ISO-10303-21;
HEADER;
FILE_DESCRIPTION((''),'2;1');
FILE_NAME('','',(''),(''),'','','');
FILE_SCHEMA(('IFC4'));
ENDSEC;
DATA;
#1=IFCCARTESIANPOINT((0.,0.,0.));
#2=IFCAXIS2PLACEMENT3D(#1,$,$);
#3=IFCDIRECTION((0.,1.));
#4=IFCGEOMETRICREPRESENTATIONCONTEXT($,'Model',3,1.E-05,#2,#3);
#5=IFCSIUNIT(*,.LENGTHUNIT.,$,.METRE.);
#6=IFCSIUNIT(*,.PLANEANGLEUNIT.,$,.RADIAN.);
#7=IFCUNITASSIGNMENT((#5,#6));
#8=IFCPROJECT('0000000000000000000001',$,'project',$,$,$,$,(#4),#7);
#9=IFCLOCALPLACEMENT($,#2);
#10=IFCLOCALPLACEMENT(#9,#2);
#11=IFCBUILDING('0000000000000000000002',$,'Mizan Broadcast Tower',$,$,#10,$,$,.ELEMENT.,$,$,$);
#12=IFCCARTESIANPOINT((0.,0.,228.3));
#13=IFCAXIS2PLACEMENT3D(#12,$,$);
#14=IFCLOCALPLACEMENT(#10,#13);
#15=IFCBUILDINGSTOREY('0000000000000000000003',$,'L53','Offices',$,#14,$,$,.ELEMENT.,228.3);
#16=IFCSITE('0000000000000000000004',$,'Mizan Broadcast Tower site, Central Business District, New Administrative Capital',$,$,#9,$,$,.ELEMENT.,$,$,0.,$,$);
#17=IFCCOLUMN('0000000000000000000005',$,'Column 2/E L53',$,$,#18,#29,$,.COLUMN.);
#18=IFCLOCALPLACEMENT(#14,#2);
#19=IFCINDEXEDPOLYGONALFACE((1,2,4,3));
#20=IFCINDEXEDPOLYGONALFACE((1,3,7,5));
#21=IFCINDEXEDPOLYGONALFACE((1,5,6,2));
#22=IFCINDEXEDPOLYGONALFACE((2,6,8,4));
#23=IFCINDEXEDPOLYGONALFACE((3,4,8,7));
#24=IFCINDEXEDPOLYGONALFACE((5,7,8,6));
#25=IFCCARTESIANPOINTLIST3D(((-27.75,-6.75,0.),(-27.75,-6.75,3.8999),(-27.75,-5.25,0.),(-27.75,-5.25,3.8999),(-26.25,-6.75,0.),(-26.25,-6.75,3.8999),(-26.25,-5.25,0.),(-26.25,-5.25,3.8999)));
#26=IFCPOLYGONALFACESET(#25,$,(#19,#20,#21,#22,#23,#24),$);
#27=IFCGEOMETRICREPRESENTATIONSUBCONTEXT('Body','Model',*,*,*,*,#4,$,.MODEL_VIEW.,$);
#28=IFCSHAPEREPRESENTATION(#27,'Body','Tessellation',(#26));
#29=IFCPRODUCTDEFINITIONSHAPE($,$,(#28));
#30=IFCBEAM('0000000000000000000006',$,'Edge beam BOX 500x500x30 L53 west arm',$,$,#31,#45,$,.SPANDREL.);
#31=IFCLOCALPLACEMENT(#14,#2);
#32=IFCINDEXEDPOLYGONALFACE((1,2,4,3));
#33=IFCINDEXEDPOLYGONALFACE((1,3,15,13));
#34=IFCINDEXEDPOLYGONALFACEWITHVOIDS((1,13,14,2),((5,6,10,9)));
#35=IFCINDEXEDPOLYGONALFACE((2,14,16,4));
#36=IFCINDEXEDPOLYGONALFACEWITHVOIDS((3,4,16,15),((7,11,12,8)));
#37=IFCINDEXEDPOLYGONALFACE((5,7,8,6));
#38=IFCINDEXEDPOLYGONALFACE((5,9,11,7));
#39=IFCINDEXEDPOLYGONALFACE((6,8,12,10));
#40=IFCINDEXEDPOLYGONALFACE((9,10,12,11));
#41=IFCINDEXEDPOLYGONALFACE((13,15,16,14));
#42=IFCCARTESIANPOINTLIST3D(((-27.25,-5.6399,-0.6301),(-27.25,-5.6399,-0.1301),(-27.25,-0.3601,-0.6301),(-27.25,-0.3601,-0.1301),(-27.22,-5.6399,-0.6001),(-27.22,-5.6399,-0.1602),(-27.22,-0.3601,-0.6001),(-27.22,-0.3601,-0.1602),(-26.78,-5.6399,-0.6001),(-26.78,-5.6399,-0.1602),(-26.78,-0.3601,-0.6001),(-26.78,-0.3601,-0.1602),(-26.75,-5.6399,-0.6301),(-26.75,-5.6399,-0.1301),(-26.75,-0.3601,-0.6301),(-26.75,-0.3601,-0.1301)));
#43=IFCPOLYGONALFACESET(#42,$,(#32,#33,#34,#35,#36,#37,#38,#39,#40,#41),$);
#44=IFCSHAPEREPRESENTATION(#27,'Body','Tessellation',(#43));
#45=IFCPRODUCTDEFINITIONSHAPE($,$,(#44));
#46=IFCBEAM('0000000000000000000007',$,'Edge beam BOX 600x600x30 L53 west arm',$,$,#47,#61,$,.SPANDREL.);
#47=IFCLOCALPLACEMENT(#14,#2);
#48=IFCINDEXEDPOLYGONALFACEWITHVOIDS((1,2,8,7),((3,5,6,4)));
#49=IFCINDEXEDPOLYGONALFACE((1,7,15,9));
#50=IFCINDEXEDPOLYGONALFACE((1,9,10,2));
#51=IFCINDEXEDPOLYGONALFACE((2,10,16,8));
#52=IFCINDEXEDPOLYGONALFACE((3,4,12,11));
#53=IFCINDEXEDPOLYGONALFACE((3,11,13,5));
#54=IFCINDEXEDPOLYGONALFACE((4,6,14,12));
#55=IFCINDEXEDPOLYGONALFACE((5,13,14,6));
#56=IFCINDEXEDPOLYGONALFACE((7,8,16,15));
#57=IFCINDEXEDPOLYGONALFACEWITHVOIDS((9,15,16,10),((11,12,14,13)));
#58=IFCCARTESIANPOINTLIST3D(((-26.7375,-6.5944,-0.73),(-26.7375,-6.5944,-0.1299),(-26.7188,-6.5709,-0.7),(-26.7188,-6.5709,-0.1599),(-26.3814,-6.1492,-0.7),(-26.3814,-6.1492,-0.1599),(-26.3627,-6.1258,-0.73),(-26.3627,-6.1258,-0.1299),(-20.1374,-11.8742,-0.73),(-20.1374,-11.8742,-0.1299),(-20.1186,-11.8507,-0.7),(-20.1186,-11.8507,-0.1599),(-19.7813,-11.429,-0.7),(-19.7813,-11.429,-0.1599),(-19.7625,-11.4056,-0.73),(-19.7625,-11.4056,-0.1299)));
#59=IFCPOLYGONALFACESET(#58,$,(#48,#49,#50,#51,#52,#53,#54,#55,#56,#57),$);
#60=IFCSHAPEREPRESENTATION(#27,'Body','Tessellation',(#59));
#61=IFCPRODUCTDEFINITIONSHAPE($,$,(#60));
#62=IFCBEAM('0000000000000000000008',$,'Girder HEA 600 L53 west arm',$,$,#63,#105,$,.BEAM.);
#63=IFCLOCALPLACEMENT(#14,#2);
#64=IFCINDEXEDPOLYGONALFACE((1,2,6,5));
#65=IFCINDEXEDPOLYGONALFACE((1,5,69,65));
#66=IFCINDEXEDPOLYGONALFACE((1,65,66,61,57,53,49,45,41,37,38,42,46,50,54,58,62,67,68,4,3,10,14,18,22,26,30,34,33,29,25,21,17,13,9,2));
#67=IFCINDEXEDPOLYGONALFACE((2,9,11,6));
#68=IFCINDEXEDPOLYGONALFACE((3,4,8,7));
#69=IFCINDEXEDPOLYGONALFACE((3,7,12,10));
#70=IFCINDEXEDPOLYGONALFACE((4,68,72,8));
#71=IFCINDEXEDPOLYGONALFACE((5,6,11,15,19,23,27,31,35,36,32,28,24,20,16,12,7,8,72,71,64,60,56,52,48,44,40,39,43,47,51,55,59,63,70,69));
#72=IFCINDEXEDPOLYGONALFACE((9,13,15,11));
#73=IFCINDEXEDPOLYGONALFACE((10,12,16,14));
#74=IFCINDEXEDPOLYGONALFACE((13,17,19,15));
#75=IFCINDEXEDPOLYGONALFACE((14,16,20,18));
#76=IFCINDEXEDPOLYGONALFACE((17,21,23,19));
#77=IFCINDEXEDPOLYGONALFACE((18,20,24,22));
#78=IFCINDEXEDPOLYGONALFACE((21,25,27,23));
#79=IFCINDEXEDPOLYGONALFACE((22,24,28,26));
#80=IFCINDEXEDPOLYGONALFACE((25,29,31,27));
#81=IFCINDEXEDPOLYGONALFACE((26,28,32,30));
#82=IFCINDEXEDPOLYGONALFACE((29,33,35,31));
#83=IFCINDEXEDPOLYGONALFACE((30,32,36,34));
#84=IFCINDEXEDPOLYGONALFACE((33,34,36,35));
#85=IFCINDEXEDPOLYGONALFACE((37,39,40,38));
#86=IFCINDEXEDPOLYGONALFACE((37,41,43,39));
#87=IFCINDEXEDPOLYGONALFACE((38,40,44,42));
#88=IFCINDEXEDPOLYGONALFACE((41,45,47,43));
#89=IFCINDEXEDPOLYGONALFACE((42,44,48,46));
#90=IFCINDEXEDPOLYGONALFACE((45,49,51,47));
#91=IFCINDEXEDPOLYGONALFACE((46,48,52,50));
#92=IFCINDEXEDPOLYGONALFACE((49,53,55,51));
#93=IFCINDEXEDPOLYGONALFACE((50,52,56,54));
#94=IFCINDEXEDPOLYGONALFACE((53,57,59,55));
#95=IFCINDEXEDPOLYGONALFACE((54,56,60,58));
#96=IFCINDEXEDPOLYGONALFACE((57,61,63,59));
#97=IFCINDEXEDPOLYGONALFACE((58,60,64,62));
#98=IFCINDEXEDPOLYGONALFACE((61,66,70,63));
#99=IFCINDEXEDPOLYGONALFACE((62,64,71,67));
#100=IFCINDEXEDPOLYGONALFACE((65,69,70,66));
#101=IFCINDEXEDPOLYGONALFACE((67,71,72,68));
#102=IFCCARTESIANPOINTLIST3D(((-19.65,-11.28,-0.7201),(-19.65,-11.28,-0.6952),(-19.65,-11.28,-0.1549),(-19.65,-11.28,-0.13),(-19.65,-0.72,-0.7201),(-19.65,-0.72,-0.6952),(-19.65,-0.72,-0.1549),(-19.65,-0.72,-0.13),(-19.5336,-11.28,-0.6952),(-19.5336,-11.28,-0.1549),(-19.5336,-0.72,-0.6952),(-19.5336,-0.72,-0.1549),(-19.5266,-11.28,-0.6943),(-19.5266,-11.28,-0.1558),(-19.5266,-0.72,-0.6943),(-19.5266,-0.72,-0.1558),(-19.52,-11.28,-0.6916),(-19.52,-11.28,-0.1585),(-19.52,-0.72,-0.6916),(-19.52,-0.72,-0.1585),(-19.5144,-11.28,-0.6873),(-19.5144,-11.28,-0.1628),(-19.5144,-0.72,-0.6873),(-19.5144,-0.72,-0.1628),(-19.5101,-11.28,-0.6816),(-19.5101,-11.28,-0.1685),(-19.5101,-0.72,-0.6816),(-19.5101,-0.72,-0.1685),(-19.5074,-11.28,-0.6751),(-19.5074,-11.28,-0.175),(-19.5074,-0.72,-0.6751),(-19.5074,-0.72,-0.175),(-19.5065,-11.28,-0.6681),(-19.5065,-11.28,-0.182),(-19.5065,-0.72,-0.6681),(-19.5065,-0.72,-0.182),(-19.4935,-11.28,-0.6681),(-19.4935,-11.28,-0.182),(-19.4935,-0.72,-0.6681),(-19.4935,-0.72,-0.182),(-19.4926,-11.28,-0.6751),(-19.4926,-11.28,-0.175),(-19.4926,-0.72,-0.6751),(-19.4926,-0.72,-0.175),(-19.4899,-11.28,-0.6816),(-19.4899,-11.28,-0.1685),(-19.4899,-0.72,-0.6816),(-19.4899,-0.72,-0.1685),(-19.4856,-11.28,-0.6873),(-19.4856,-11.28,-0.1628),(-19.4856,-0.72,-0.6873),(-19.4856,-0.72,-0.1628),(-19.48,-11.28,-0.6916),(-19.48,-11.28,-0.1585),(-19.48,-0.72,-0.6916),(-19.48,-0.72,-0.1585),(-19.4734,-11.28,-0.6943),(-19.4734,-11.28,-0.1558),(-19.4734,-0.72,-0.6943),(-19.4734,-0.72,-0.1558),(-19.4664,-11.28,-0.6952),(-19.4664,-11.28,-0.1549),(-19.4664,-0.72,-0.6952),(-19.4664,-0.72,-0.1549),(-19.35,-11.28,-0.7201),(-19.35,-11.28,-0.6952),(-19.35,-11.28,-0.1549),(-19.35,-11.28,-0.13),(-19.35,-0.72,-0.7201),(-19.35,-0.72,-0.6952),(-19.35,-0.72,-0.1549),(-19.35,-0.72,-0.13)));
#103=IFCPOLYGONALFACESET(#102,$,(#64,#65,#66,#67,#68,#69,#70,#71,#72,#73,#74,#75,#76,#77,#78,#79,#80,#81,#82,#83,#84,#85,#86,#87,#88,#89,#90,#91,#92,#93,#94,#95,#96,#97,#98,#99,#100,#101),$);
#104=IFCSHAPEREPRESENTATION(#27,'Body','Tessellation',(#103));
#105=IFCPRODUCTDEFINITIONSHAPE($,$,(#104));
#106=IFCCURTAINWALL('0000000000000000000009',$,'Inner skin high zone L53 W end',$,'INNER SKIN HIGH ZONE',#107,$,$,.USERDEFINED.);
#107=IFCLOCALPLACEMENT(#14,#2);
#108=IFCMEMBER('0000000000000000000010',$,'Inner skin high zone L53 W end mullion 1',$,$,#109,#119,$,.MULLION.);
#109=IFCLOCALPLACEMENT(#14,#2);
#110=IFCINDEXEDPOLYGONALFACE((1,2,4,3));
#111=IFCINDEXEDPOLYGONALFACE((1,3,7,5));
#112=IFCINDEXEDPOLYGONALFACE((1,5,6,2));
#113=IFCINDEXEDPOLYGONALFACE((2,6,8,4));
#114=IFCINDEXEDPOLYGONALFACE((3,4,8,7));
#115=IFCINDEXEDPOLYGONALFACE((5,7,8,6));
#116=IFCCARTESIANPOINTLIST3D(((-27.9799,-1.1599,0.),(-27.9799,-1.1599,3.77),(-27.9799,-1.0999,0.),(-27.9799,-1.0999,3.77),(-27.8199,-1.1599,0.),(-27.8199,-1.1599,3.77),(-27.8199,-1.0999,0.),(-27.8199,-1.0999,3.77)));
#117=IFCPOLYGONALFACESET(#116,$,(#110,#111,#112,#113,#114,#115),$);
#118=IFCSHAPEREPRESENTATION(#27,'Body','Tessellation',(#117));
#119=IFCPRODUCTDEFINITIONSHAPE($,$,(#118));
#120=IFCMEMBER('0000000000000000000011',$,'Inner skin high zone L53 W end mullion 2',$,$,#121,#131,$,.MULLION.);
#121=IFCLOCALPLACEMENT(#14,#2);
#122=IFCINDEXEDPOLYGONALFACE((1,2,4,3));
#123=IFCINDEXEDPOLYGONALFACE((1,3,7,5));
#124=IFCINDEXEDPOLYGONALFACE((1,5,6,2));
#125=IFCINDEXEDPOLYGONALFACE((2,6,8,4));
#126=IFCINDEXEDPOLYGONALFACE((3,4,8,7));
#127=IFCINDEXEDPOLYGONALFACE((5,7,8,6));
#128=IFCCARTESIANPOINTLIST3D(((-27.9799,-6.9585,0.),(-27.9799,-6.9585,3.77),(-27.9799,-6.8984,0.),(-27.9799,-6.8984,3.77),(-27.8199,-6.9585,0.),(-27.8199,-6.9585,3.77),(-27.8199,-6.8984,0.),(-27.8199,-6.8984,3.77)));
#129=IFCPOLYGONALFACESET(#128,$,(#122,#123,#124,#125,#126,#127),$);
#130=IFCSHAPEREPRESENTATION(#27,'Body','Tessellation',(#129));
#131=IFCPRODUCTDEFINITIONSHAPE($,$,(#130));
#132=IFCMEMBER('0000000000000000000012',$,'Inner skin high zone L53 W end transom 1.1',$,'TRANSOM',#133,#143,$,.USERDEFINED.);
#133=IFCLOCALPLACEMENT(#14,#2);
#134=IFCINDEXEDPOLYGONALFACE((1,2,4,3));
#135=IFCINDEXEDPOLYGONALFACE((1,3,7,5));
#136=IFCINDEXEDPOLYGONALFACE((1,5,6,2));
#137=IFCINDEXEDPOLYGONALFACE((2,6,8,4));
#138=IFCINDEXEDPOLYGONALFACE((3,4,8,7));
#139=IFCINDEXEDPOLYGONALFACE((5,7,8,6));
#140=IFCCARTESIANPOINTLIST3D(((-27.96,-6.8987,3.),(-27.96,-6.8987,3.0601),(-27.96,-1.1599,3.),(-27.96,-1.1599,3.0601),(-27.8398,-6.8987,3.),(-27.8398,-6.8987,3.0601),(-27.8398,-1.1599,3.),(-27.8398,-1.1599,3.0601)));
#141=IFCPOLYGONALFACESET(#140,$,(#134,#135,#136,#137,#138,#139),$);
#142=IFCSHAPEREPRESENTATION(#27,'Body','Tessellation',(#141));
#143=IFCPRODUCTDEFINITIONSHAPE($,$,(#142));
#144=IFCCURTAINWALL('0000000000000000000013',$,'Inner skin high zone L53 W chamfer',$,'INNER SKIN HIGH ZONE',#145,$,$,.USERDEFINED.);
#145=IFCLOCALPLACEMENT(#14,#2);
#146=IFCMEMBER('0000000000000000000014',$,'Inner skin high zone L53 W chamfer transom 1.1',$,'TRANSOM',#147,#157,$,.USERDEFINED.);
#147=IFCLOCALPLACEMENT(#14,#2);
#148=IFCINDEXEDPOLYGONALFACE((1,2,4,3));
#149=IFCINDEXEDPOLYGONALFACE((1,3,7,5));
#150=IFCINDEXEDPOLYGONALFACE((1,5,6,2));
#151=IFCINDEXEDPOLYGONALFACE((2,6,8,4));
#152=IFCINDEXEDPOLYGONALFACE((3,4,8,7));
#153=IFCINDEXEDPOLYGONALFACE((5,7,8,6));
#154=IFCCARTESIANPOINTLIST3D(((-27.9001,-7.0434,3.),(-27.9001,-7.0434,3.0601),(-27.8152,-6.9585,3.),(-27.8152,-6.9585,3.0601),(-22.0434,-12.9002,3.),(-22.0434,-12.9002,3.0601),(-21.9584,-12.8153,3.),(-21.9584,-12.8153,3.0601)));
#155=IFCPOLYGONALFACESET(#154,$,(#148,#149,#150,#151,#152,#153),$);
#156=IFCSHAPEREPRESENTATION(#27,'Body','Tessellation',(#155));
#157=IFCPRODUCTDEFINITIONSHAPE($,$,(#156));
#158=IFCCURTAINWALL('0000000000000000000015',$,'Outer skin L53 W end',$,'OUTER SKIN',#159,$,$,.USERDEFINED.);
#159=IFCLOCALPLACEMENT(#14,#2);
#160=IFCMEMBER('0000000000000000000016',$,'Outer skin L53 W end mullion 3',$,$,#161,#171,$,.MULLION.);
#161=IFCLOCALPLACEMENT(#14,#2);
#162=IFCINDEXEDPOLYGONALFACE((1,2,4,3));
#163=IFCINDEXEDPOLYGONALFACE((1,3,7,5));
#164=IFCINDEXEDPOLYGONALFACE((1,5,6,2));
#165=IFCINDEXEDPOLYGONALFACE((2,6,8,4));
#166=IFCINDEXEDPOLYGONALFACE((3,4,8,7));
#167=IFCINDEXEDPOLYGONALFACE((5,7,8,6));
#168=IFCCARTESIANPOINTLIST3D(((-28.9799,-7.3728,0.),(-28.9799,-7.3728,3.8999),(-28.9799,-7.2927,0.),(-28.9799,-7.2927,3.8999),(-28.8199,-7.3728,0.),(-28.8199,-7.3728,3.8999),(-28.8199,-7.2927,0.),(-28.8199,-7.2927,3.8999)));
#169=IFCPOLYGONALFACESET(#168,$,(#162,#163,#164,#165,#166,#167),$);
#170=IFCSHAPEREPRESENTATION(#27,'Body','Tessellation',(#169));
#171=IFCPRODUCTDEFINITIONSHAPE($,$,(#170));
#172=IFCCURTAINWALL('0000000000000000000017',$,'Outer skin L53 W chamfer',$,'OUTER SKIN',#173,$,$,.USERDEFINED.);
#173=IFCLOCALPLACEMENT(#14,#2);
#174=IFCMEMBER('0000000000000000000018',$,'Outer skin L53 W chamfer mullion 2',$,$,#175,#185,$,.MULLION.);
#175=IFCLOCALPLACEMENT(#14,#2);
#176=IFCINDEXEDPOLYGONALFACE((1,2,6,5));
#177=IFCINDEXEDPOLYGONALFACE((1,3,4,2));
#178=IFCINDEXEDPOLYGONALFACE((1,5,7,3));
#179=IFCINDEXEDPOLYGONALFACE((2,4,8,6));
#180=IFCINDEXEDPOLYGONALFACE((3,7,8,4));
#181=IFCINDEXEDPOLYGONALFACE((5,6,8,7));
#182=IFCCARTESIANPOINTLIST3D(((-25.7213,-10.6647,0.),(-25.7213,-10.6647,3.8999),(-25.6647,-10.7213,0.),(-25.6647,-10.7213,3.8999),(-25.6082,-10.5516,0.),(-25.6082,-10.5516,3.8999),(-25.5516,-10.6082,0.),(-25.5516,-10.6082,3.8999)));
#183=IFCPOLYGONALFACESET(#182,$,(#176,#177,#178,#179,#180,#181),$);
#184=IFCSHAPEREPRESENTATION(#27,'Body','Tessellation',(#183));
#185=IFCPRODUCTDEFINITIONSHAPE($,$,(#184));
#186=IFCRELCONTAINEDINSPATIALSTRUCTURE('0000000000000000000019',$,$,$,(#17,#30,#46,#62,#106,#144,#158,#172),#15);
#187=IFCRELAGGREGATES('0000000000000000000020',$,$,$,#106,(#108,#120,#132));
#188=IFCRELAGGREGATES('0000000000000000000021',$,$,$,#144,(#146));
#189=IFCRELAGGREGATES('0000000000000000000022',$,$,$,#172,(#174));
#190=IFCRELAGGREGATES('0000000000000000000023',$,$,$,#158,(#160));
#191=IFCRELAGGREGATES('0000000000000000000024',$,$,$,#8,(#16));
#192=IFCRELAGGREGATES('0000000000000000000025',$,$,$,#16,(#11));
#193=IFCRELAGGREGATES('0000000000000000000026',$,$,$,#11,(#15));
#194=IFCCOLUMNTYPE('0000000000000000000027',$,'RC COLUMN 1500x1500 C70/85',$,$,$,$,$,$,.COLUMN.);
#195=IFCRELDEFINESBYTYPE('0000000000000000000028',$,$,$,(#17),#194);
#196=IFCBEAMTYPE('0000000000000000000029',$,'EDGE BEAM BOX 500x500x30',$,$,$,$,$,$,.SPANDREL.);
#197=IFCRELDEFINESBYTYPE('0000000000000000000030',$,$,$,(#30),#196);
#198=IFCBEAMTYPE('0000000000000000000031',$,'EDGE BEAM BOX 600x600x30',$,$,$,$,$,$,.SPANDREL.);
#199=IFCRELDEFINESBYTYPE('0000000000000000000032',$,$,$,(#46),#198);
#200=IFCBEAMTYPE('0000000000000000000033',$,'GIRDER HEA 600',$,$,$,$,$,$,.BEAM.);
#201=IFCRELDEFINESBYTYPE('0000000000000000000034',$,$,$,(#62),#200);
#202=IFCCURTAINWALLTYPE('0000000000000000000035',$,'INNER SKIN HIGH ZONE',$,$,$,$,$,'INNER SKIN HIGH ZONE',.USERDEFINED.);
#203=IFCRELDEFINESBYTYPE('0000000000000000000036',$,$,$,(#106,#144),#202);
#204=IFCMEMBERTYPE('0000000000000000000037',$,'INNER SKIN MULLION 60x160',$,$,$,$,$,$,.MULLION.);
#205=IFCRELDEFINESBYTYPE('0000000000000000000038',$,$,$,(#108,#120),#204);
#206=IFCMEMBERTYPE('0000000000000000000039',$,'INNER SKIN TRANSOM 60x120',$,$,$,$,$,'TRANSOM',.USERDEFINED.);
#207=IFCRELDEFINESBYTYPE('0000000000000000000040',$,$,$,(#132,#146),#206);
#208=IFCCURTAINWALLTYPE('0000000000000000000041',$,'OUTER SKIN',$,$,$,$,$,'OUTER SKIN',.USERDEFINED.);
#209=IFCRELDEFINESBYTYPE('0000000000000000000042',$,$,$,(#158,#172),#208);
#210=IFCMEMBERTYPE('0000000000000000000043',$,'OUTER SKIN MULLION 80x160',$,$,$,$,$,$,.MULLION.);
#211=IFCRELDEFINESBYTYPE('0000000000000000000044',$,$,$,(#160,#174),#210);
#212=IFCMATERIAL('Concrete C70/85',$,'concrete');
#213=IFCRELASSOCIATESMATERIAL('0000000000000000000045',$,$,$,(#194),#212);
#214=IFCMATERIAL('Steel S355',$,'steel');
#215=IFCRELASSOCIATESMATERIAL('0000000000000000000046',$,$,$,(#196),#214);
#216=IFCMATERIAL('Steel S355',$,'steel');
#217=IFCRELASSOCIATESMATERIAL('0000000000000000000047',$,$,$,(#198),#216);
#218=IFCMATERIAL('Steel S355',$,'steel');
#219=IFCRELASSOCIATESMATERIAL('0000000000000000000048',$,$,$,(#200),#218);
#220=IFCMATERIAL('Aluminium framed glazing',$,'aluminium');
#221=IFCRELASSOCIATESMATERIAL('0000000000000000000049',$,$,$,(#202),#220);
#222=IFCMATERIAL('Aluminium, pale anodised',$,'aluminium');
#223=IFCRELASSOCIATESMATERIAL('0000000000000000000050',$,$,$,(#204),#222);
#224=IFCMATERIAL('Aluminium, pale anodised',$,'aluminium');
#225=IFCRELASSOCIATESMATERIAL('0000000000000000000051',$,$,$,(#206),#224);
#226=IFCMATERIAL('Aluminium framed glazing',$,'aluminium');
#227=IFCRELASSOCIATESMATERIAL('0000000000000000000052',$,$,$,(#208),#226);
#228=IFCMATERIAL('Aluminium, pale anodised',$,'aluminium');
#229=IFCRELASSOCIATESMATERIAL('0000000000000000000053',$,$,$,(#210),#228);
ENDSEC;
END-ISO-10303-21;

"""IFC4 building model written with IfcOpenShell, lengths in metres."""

from ifc_helpers import new_model, si_unit, direction, frame, origin, origin_2d, place, context, subcontext, project, spatial, rectangle, hollow_rectangle, i_section, extrude, material, material_profile, profile_set, type_object, element, aggregate, save


model = new_model("IFC4")

# Units and contexts
model_context = context("Model", 3, precision=1e-05, world=origin(), true_north=direction((0.0, 1.0)))
body_context = subcontext(model_context, "Body", "Model", "MODEL_VIEW")
ifc_project = project(units=[si_unit("LENGTHUNIT", "METRE"), si_unit("PLANEANGLEUNIT", "RADIAN")], contexts=[model_context])

# Site, building, storey
site_placement = place(None, origin())
site = spatial("IfcSite", under=ifc_project, at=site_placement, Name="Mizan Broadcast Tower site, Central Business District, New Administrative Capital", CompositionType="ELEMENT", RefElevation=0.0)
building_placement = place(site_placement, origin())
building = spatial("IfcBuilding", under=site, at=building_placement, Name="Mizan Broadcast Tower", CompositionType="ELEMENT")
storey_placement = place(building_placement, frame((0.0, 0.0, 228.3)))
storey = spatial("IfcBuildingStorey", under=building, at=storey_placement, Name="L53", Description="Offices", CompositionType="ELEMENT", Elevation=228.3)

# Column
ifc_material_1 = material(Name="Concrete C70/85", Category="concrete")
ifc_material_profile_1 = material_profile(ifc_material_1, rectangle(XDim=1.5, YDim=1.5, at=origin_2d()), Name="RC 1500x1500")
ifc_profile_set_1 = profile_set([ifc_material_profile_1], Name="Concrete C70/85")
column_type = type_object("IfcColumnType", Name="RC COLUMN 1500x1500 C70/85", PredefinedType="COLUMN", material=ifc_profile_set_1)
column_placement = place(storey_placement, frame((-27.0, -6.0, 0.0), z_axis=(0.0, 0.0, 1.0), x_axis=(1.0, 0.0, 0.0)))
element("IfcColumn", 1, at=column_placement, inside=storey, type_object=column_type, Name="Column 2/E L53", PredefinedType="COLUMN", context=body_context, shape_type="SweptSolid", body=[
    extrude(rectangle(XDim=1.5, YDim=1.5, at=origin_2d()), origin(), (0.0, 0.0, 1.0), 3.8999),
])

# Beams
ifc_material_2 = material(Name="Steel S355", Category="steel")
ifc_material_profile_2 = material_profile(ifc_material_2, hollow_rectangle(XDim=0.5, YDim=0.5, WallThickness=0.03, at=origin_2d()), Name="BOX 500x500x30")
ifc_profile_set_2 = profile_set([ifc_material_profile_2], Name="Steel S355")
beam_type_1 = type_object("IfcBeamType", Name="EDGE BEAM BOX 500x500x30", PredefinedType="SPANDREL", material=ifc_profile_set_2)
beam_1_placement = place(storey_placement, frame((-27.0, -5.6399, -0.3801), z_axis=(0.0, 1.0, 0.0), x_axis=(-1.0, 0.0, 0.0)))
element("IfcBeam", 2, at=beam_1_placement, inside=storey, type_object=beam_type_1, Name="Edge beam BOX 500x500x30 L53 west arm", PredefinedType="SPANDREL", context=body_context, shape_type="SweptSolid", body=[
    extrude(hollow_rectangle(XDim=0.5, YDim=0.5, WallThickness=0.03, at=origin_2d()), origin(), (0.0, 0.0, 1.0), 5.2798),
])
ifc_material_3 = material(Name="Steel S355", Category="steel")
ifc_material_profile_3 = material_profile(ifc_material_3, hollow_rectangle(XDim=0.6001, YDim=0.6001, WallThickness=0.03, at=origin_2d()), Name="BOX 600x600x30")
ifc_profile_set_3 = profile_set([ifc_material_profile_3], Name="Steel S355")
beam_type_2 = type_object("IfcBeamType", Name="EDGE BEAM BOX 600x600x30", PredefinedType="SPANDREL", material=ifc_profile_set_3)
beam_2_placement = place(storey_placement, frame((-19.95, -11.6399, -0.4299), z_axis=(-0.780886, 0.624674, 0.0), x_axis=(-0.624674, -0.780886, 0.0)))
element("IfcBeam", 3, at=beam_2_placement, inside=storey, type_object=beam_type_2, Name="Edge beam BOX 600x600x30 L53 west arm", PredefinedType="SPANDREL", context=body_context, shape_type="SweptSolid", body=[
    extrude(hollow_rectangle(XDim=0.6001, YDim=0.6001, WallThickness=0.03, at=origin_2d()), origin(), (0.0, 0.0, 1.0), 8.4521),
])
ifc_material_4 = material(Name="Steel S355", Category="steel")
ifc_material_profile_4 = material_profile(ifc_material_4, i_section(OverallWidth=0.3, OverallDepth=0.5901, WebThickness=0.0129, FlangeThickness=0.0249, FilletRadius=0.0271, at=origin_2d()), Name="HEA 600")
ifc_profile_set_4 = profile_set([ifc_material_profile_4], Name="Steel S355")
beam_type_3 = type_object("IfcBeamType", Name="GIRDER HEA 600", PredefinedType="BEAM", material=ifc_profile_set_4)
beam_3_placement = place(storey_placement, frame((-19.5, -11.28, -0.425), z_axis=(0.0, 1.0, 0.0), x_axis=(-1.0, 0.0, 0.0)))
element("IfcBeam", 4, at=beam_3_placement, inside=storey, type_object=beam_type_3, Name="Girder HEA 600 L53 west arm", PredefinedType="BEAM", context=body_context, shape_type="SweptSolid", body=[
    extrude(i_section(OverallWidth=0.3, OverallDepth=0.5901, WebThickness=0.0129, FlangeThickness=0.0249, FilletRadius=0.0271, at=origin_2d()), origin(), (0.0, 0.0, 1.0), 10.5601),
])

# Curtain wall, members
ifc_material_5 = material(Name="Aluminium framed glazing", Category="aluminium")
curtain_wall_type_1 = type_object("IfcCurtainWallType", Name="INNER SKIN HIGH ZONE", ElementType="INNER SKIN HIGH ZONE", PredefinedType="USERDEFINED", material=ifc_material_5)
curtain_wall_1_placement = place(storey_placement, origin())
curtain_wall_1 = element("IfcCurtainWall", 5, at=curtain_wall_1_placement, inside=storey, type_object=curtain_wall_type_1, Name="Inner skin high zone L53 W end", ObjectType="INNER SKIN HIGH ZONE", PredefinedType="USERDEFINED")
ifc_material_6 = material(Name="Aluminium, pale anodised", Category="aluminium")
ifc_material_profile_5 = material_profile(ifc_material_6, rectangle(XDim=0.1599, YDim=0.0601, at=origin_2d()), Name="MULLION 160x60")
ifc_profile_set_5 = profile_set([ifc_material_profile_5], Name="Aluminium, pale anodised")
member_type_1 = type_object("IfcMemberType", Name="INNER SKIN MULLION 60x160", PredefinedType="MULLION", material=ifc_profile_set_5)
member_1_placement = place(storey_placement, frame((-27.8999, -1.1299, 0.0), z_axis=(0.0, 0.0, 1.0), x_axis=(1.0, 0.0, 0.0)))
member_1 = element("IfcMember", 6, at=member_1_placement, type_object=member_type_1, Name="Inner skin high zone L53 W end mullion 1", PredefinedType="MULLION", context=body_context, shape_type="SweptSolid", body=[
    extrude(rectangle(XDim=0.1599, YDim=0.0601, at=origin_2d()), origin(), (0.0, 0.0, 1.0), 3.77),
])
member_2_placement = place(storey_placement, frame((-27.8999, -6.9285, 0.0), z_axis=(0.0, 0.0, 1.0), x_axis=(1.0, 0.0, 0.0)))
member_2 = element("IfcMember", 7, at=member_2_placement, type_object=member_type_1, Name="Inner skin high zone L53 W end mullion 2", PredefinedType="MULLION", context=body_context, shape_type="SweptSolid", body=[
    extrude(rectangle(XDim=0.1599, YDim=0.0601, at=origin_2d()), origin(), (0.0, 0.0, 1.0), 3.77),
])
ifc_material_7 = material(Name="Aluminium, pale anodised", Category="aluminium")
ifc_material_profile_6 = material_profile(ifc_material_7, rectangle(XDim=0.1201, YDim=0.0601, at=origin_2d()), Name="TRANSOM 120x60")
ifc_profile_set_6 = profile_set([ifc_material_profile_6], Name="Aluminium, pale anodised")
member_type_2 = type_object("IfcMemberType", Name="INNER SKIN TRANSOM 60x120", ElementType="TRANSOM", PredefinedType="USERDEFINED", material=ifc_profile_set_6)
member_3_placement = place(storey_placement, frame((-27.8999, -1.1599, 3.03), z_axis=(0.0, -1.0, 0.0), x_axis=(1.0, 0.0, 0.0)))
member_3 = element("IfcMember", 8, at=member_3_placement, type_object=member_type_2, Name="Inner skin high zone L53 W end transom 1.1", ObjectType="TRANSOM", PredefinedType="USERDEFINED", context=body_context, shape_type="SweptSolid", body=[
    extrude(rectangle(XDim=0.1201, YDim=0.0601, at=origin_2d()), origin(), (0.0, 0.0, 1.0), 5.7388),
])

# Curtain walls, members
curtain_wall_2_placement = place(storey_placement, origin())
curtain_wall_2 = element("IfcCurtainWall", 9, at=curtain_wall_2_placement, inside=storey, type_object=curtain_wall_type_1, Name="Inner skin high zone L53 W chamfer", ObjectType="INNER SKIN HIGH ZONE", PredefinedType="USERDEFINED")
member_4_placement = place(storey_placement, frame((-27.8577, -7.001, 3.03), z_axis=(0.707107, -0.707107, 0.0), x_axis=(0.707107, 0.707107, 0.0)))
member_4 = element("IfcMember", 10, at=member_4_placement, type_object=member_type_2, Name="Inner skin high zone L53 W chamfer transom 1.1", ObjectType="TRANSOM", PredefinedType="USERDEFINED", context=body_context, shape_type="SweptSolid", body=[
    extrude(rectangle(XDim=0.1201, YDim=0.0601, at=origin_2d()), origin(), (0.0, 0.0, 1.0), 8.2827),
])
ifc_material_8 = material(Name="Aluminium framed glazing", Category="aluminium")
curtain_wall_type_2 = type_object("IfcCurtainWallType", Name="OUTER SKIN", ElementType="OUTER SKIN", PredefinedType="USERDEFINED", material=ifc_material_8)
curtain_wall_3_placement = place(storey_placement, origin())
curtain_wall_3 = element("IfcCurtainWall", 11, at=curtain_wall_3_placement, inside=storey, type_object=curtain_wall_type_2, Name="Outer skin L53 W end", ObjectType="OUTER SKIN", PredefinedType="USERDEFINED")
ifc_material_9 = material(Name="Aluminium, pale anodised", Category="aluminium")
ifc_material_profile_7 = material_profile(ifc_material_9, rectangle(XDim=0.1599, YDim=0.0801, at=origin_2d()), Name="MULLION 160x80")
ifc_profile_set_7 = profile_set([ifc_material_profile_7], Name="Aluminium, pale anodised")
member_type_3 = type_object("IfcMemberType", Name="OUTER SKIN MULLION 80x160", PredefinedType="MULLION", material=ifc_profile_set_7)
member_5_placement = place(storey_placement, frame((-28.8999, -7.3328, 0.0), z_axis=(0.0, 0.0, 1.0), x_axis=(1.0, 0.0, 0.0)))
member_5 = element("IfcMember", 12, at=member_5_placement, type_object=member_type_3, Name="Outer skin L53 W end mullion 3", PredefinedType="MULLION", context=body_context, shape_type="SweptSolid", body=[
    extrude(rectangle(XDim=0.1599, YDim=0.0801, at=origin_2d()), origin(), (0.0, 0.0, 1.0), 3.8999),
])
curtain_wall_4_placement = place(storey_placement, origin())
curtain_wall_4 = element("IfcCurtainWall", 13, at=curtain_wall_4_placement, inside=storey, type_object=curtain_wall_type_2, Name="Outer skin L53 W chamfer", ObjectType="OUTER SKIN", PredefinedType="USERDEFINED")
member_6_placement = place(storey_placement, frame((-25.6365, -10.6365, 0.0), z_axis=(0.0, 0.0, 1.0), x_axis=(0.707107, 0.707107, 0.0)))
member_6 = element("IfcMember", 14, at=member_6_placement, type_object=member_type_3, Name="Outer skin L53 W chamfer mullion 2", PredefinedType="MULLION", context=body_context, shape_type="SweptSolid", body=[
    extrude(rectangle(XDim=0.1599, YDim=0.0801, at=origin_2d()), origin(), (0.0, 0.0, 1.0), 3.8999),
])

aggregate(curtain_wall_1, [member_1, member_2, member_3])
aggregate(curtain_wall_2, [member_4])
aggregate(curtain_wall_4, [member_6])
aggregate(curtain_wall_3, [member_5])

save(model, "model.ifc")
